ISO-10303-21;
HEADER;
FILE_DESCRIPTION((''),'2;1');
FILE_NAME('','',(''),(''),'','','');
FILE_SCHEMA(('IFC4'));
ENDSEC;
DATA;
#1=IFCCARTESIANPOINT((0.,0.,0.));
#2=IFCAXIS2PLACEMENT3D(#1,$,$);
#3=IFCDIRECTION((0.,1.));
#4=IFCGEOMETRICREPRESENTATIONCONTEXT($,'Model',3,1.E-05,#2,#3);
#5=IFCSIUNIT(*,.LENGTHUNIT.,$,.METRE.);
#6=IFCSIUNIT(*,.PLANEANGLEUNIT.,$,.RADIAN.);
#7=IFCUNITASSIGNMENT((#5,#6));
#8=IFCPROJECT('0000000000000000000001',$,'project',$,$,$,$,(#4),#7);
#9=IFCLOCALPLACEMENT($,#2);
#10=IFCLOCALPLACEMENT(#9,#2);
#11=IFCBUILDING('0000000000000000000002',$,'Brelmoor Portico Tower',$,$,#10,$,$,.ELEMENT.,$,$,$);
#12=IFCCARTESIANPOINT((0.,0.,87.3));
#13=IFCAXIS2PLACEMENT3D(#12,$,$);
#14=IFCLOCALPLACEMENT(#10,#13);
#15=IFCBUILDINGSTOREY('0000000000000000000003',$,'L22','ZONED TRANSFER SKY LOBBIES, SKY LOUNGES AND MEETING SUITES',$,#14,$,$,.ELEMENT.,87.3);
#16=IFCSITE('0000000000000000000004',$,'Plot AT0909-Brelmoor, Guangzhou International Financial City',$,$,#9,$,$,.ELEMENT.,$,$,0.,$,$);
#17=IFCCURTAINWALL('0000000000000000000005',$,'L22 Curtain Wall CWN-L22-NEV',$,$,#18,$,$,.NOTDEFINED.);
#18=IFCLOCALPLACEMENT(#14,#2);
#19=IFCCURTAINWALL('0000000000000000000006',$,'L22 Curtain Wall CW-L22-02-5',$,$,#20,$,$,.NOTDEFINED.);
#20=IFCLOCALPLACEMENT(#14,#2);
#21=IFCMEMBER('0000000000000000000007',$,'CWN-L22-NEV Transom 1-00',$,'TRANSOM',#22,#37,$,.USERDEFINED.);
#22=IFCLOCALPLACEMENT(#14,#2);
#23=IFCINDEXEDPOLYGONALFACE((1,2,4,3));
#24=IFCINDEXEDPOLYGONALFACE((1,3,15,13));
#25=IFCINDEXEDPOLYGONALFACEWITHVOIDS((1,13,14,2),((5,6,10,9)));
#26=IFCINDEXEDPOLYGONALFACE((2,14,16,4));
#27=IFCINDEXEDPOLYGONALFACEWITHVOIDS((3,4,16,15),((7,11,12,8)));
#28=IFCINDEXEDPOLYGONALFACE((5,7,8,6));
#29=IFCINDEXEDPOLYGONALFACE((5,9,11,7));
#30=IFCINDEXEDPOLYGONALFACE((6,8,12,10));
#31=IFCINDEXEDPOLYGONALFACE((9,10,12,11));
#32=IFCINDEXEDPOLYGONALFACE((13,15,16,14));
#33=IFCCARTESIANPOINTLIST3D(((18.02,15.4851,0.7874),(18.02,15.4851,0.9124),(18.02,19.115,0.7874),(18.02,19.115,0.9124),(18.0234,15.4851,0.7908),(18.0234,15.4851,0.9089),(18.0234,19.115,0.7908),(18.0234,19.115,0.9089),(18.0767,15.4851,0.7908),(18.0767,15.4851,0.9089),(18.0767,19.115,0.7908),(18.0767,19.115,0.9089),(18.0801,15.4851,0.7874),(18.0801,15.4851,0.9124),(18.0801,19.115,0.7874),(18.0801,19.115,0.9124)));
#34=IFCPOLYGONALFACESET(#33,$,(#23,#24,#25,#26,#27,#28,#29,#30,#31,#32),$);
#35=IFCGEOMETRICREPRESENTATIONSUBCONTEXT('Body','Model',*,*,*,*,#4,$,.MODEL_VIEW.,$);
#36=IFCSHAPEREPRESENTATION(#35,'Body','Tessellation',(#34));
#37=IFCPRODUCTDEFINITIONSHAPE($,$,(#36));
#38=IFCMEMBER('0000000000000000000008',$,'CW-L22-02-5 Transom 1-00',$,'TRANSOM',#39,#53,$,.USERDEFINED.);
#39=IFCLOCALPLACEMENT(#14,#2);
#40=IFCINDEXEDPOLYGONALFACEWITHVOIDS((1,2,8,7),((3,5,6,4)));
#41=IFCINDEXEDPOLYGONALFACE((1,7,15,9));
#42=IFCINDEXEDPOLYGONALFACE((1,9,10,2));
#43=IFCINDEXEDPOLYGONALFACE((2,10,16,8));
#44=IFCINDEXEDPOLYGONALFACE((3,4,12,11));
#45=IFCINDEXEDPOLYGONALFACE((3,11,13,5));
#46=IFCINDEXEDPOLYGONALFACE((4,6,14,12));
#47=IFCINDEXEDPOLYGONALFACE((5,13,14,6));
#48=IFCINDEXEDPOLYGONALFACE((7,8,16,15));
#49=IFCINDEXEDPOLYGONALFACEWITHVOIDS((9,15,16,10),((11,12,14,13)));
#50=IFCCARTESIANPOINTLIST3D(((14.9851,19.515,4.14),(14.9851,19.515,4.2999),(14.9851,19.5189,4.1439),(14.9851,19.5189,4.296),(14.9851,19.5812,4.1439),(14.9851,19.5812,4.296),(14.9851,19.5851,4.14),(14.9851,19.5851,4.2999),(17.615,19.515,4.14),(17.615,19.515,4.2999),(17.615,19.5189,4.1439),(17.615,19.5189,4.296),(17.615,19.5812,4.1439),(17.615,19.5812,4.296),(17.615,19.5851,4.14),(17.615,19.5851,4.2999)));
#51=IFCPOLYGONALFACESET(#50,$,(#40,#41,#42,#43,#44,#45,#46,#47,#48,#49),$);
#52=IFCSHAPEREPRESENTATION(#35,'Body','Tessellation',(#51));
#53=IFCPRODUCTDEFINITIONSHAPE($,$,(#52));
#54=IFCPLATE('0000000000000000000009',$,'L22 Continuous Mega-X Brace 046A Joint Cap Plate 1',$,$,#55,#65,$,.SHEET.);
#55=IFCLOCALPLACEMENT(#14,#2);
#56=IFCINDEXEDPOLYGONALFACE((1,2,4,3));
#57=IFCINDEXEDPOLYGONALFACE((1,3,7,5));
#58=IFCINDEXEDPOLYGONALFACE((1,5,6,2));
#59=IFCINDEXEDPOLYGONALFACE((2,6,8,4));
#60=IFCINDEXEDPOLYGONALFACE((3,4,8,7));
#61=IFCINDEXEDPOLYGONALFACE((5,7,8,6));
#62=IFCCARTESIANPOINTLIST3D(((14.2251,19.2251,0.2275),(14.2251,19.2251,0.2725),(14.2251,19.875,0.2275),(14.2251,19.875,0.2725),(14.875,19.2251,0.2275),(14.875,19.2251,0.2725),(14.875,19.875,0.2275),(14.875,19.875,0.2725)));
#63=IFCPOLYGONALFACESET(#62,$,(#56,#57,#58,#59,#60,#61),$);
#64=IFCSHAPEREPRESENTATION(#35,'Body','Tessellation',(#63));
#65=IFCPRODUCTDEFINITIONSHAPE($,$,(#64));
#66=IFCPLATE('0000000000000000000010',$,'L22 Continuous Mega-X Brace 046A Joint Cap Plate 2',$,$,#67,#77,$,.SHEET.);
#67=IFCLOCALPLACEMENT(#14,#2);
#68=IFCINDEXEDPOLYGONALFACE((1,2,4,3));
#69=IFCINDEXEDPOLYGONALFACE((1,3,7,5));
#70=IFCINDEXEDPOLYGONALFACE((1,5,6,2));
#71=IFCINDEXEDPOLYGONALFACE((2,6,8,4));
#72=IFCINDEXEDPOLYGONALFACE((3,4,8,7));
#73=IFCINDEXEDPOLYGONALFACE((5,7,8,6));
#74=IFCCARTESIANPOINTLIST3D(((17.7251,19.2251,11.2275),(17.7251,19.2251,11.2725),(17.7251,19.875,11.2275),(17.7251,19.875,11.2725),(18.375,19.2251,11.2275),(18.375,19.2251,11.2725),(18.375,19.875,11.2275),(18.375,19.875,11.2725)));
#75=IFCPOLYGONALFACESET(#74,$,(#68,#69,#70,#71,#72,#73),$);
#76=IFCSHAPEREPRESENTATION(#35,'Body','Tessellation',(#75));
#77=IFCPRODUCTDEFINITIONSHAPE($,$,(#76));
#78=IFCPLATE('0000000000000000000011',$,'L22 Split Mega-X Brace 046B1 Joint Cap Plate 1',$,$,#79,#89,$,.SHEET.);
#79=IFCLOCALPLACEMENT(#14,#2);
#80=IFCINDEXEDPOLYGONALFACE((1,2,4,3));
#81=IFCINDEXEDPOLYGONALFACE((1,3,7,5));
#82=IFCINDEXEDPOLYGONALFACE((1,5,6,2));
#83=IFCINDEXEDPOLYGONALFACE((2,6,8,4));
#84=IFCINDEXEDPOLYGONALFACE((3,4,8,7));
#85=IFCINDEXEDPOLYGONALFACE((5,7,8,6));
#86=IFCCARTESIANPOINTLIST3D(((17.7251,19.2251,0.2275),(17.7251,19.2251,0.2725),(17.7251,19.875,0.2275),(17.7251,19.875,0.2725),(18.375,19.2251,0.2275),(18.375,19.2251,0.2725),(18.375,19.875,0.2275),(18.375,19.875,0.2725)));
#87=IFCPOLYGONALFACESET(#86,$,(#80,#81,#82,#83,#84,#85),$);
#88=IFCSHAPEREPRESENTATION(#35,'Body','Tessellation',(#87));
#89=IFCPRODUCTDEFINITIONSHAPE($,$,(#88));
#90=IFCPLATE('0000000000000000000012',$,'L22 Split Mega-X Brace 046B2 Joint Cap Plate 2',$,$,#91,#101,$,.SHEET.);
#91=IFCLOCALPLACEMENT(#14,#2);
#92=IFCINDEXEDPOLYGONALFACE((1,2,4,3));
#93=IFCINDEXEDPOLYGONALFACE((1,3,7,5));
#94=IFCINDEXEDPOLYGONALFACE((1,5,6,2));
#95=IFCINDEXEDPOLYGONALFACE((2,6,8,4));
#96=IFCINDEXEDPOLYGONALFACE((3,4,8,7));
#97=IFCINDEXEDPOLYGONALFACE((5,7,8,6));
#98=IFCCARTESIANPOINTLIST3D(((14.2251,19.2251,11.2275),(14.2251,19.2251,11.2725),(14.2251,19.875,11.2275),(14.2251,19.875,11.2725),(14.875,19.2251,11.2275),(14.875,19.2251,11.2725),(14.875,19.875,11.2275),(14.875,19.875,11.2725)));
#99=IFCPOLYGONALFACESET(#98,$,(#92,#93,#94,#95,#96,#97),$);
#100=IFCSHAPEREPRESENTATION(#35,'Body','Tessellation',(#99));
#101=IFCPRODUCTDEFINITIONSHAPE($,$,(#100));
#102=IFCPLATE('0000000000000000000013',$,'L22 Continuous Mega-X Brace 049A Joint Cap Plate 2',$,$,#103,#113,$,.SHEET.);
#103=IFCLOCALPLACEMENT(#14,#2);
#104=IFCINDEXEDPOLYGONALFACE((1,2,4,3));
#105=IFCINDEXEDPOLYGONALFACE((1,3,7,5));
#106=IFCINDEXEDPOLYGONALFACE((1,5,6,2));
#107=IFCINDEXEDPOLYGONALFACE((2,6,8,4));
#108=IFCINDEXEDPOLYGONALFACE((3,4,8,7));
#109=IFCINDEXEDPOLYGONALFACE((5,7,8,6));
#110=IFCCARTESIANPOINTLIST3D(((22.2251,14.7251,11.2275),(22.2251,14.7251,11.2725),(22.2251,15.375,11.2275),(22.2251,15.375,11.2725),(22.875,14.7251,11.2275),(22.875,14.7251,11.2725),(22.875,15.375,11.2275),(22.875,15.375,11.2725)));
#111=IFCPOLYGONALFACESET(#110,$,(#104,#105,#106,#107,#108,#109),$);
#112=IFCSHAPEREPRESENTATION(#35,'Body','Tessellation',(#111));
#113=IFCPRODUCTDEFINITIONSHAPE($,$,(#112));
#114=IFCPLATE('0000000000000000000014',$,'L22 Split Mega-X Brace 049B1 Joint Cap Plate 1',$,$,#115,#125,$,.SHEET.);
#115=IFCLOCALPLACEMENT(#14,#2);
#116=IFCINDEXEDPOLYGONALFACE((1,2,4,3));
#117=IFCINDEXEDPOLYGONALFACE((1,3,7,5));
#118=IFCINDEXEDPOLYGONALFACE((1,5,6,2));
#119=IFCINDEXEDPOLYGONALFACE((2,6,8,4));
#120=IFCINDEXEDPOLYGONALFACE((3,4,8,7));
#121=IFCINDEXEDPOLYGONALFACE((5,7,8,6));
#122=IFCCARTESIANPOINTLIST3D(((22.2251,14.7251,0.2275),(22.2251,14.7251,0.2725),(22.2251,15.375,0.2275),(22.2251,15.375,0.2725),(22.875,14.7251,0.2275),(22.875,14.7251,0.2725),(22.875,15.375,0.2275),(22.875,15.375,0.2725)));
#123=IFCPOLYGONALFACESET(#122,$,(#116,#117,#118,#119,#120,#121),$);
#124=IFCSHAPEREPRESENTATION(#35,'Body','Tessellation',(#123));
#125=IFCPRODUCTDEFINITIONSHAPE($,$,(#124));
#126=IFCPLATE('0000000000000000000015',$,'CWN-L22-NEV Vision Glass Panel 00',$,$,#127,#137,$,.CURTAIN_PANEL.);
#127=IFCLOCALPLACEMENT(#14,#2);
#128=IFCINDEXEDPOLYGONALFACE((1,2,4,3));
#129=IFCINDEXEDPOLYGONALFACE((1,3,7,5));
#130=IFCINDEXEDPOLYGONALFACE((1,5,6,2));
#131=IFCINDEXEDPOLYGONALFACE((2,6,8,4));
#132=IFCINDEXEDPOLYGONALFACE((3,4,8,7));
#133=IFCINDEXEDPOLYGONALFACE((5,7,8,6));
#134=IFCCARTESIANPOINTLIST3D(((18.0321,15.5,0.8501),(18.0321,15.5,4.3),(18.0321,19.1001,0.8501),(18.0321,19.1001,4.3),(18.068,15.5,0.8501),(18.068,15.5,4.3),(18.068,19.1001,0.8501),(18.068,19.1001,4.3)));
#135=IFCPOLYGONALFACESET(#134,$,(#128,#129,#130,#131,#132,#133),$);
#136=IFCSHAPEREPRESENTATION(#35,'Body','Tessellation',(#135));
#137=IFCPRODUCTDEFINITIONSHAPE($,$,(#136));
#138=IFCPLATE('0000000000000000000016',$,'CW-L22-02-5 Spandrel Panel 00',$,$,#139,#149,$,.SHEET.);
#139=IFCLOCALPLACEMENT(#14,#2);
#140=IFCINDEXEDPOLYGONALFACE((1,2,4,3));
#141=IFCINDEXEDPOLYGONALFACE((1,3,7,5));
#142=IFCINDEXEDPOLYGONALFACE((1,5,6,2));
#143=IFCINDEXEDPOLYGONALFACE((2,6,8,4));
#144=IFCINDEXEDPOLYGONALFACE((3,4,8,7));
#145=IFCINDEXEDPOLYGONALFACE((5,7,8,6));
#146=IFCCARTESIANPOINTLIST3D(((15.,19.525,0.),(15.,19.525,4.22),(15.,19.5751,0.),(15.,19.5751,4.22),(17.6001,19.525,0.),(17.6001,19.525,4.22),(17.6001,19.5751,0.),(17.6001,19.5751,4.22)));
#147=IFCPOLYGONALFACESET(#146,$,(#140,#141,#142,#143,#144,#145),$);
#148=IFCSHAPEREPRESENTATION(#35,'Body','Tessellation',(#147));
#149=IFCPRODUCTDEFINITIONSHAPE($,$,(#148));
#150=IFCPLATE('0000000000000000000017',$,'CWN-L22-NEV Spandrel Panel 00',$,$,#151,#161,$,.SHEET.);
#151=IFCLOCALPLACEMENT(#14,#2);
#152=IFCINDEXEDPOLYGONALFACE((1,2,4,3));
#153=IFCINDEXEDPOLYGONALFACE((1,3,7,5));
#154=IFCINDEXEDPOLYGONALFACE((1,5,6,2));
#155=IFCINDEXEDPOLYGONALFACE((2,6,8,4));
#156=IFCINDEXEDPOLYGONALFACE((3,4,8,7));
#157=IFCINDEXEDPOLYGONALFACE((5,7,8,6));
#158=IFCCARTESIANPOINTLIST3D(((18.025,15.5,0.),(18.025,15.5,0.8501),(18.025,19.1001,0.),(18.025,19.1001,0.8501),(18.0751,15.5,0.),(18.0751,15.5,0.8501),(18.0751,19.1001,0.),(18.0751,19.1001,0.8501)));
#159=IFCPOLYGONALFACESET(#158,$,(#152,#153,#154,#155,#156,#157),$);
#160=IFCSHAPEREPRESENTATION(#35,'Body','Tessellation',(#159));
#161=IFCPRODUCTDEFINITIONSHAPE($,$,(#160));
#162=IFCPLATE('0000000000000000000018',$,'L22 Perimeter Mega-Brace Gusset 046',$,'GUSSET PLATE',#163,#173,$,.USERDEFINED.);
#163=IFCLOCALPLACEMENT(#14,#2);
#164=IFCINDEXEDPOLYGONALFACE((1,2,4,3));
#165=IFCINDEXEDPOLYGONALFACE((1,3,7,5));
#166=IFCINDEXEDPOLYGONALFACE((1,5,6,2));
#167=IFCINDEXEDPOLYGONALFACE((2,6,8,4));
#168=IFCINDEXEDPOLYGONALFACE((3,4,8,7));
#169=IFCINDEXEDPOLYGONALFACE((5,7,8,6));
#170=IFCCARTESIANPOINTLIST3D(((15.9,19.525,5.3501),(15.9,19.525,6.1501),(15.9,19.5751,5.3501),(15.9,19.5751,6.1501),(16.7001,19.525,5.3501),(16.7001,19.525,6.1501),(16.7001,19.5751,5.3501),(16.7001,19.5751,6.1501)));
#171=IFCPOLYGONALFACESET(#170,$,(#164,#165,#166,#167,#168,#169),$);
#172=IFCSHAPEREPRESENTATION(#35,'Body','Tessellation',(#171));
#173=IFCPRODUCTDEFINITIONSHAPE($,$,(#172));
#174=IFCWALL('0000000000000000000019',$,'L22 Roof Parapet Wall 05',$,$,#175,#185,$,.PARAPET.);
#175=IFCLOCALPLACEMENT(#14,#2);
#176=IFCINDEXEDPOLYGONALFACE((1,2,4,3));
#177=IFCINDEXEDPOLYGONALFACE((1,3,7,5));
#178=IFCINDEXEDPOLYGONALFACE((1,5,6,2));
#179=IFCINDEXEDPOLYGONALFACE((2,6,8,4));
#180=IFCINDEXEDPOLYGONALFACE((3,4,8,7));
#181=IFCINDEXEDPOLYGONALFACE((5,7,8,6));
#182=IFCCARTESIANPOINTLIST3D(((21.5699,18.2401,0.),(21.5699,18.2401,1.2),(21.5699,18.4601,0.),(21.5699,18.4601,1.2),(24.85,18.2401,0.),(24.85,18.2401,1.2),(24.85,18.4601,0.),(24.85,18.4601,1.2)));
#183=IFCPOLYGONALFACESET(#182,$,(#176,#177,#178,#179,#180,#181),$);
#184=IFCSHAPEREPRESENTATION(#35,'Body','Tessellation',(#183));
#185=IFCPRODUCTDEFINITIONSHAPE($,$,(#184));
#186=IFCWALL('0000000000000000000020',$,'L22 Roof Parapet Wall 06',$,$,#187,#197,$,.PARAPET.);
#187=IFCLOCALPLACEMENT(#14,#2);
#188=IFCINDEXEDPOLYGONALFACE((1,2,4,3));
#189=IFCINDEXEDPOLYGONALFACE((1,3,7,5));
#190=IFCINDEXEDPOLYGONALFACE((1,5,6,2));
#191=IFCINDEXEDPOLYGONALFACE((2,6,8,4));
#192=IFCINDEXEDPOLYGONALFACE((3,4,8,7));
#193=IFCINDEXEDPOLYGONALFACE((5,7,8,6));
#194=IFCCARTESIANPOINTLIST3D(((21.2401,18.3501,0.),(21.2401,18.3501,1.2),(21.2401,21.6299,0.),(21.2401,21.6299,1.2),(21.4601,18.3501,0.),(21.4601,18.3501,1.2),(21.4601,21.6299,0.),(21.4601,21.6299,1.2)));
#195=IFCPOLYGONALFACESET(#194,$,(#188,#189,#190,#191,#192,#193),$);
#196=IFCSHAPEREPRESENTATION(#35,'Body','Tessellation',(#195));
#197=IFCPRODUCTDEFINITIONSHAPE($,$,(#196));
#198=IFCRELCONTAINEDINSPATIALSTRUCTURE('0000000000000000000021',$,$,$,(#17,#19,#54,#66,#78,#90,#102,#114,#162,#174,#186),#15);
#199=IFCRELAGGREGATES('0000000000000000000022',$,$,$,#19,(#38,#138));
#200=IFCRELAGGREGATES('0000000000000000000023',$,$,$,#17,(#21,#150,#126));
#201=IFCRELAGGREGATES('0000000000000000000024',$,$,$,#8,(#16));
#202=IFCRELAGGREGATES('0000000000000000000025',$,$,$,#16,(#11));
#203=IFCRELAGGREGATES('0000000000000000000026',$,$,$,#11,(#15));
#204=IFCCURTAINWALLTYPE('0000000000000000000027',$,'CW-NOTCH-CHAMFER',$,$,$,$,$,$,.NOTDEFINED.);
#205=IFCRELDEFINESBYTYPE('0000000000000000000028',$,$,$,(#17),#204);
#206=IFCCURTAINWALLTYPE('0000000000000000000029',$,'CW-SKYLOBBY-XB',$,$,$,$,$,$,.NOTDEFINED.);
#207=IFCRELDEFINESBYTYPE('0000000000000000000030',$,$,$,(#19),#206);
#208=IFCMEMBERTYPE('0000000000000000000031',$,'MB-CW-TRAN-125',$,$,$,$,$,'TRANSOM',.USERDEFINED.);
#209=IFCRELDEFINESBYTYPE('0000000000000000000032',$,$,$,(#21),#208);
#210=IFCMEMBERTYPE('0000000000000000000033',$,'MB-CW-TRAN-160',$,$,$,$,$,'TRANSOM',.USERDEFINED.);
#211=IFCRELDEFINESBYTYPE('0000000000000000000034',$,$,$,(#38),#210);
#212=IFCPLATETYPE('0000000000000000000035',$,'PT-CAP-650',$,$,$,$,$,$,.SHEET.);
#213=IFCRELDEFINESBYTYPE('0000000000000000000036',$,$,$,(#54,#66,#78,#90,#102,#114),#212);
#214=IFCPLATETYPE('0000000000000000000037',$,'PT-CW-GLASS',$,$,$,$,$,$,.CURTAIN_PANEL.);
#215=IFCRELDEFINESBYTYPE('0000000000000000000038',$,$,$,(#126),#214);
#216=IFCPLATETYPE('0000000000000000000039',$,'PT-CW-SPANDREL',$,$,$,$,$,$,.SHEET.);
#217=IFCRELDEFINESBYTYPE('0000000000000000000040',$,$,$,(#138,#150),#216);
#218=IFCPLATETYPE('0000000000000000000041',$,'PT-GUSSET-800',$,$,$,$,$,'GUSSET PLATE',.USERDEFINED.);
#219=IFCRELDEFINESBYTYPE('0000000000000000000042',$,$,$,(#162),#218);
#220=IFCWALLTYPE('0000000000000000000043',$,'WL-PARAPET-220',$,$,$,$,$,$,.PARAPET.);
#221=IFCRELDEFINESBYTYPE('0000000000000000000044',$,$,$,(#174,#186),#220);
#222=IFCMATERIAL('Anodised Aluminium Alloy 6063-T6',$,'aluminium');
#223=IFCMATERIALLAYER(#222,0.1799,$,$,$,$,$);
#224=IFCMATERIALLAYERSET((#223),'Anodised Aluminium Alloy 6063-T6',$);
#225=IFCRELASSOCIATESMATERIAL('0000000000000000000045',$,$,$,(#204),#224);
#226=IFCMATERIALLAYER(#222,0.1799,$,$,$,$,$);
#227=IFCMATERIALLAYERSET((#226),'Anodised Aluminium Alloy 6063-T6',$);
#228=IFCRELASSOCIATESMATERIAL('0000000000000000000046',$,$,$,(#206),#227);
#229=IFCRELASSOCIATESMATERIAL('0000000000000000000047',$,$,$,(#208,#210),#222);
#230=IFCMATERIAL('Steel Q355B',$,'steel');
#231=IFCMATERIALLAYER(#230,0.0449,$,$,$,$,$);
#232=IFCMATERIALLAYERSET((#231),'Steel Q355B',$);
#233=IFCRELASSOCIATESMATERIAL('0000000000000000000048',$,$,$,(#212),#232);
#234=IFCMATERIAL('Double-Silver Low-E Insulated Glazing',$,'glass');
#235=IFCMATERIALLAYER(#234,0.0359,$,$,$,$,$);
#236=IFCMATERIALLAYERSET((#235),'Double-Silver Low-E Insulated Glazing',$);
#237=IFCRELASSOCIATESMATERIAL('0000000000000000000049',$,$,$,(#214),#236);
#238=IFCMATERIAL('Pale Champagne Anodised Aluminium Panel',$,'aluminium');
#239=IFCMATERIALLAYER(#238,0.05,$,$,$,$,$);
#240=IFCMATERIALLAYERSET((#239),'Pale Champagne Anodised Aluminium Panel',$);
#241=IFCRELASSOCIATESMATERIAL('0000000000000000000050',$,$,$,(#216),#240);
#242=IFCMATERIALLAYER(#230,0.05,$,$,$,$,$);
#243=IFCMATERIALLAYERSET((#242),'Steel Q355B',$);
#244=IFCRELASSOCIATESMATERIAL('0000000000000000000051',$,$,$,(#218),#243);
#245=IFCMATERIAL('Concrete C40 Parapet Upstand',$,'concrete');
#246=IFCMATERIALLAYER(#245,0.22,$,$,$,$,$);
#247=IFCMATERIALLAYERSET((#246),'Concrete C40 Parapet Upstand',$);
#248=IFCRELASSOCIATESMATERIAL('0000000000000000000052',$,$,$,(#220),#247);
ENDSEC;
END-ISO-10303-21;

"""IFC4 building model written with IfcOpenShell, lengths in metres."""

from ifc_helpers import new_model, si_unit, direction, frame, frame_2d, origin, origin_2d, place, context, subcontext, project, spatial, rectangle, hollow_rectangle, extrude, material, layer, layer_set, material_profile, profile_set, type_object, element, aggregate, save


model = new_model("IFC4")

# Units and contexts
model_context = context("Model", 3, precision=1e-05, world=origin(), true_north=direction((0.0, 1.0)))
body_context = subcontext(model_context, "Body", "Model", "MODEL_VIEW")
ifc_project = project(units=[si_unit("LENGTHUNIT", "METRE"), si_unit("PLANEANGLEUNIT", "RADIAN")], contexts=[model_context])

# Site, building, storey
site_placement = place(None, origin())
site = spatial("IfcSite", under=ifc_project, at=site_placement, Name="Plot AT0909-Brelmoor, Guangzhou International Financial City", CompositionType="ELEMENT", RefElevation=0.0)
building_placement = place(site_placement, origin())
building = spatial("IfcBuilding", under=site, at=building_placement, Name="Brelmoor Portico Tower", CompositionType="ELEMENT")
storey_placement = place(building_placement, frame((0.0, 0.0, 87.3)))
storey = spatial("IfcBuildingStorey", under=building, at=storey_placement, Name="L22", Description="ZONED TRANSFER SKY LOBBIES, SKY LOUNGES AND MEETING SUITES", CompositionType="ELEMENT", Elevation=87.3)

# Shared definitions
ifc_material_1 = material(Name="Steel Q355B", Category="steel")

# Curtain walls
ifc_material_2 = material(Name="Anodised Aluminium Alloy 6063-T6", Category="aluminium")
ifc_layer_1 = layer(ifc_material_2, 0.1799)
ifc_layer_set_1 = layer_set([ifc_layer_1], Name="Anodised Aluminium Alloy 6063-T6")
curtain_wall_type_1 = type_object("IfcCurtainWallType", Name="CW-NOTCH-CHAMFER", PredefinedType="NOTDEFINED", material=ifc_layer_set_1)
curtain_wall_1_placement = place(storey_placement, origin())
curtain_wall_1 = element("IfcCurtainWall", 1, at=curtain_wall_1_placement, inside=storey, type_object=curtain_wall_type_1, Name="L22 Curtain Wall CWN-L22-NEV", PredefinedType="NOTDEFINED")
ifc_layer_2 = layer(ifc_material_2, 0.1799)
ifc_layer_set_2 = layer_set([ifc_layer_2], Name="Anodised Aluminium Alloy 6063-T6")
curtain_wall_type_2 = type_object("IfcCurtainWallType", Name="CW-SKYLOBBY-XB", PredefinedType="NOTDEFINED", material=ifc_layer_set_2)
curtain_wall_2_placement = place(storey_placement, origin())
curtain_wall_2 = element("IfcCurtainWall", 2, at=curtain_wall_2_placement, inside=storey, type_object=curtain_wall_type_2, Name="L22 Curtain Wall CW-L22-02-5", PredefinedType="NOTDEFINED")

# Members
ifc_material_profile_1 = material_profile(ifc_material_2, hollow_rectangle(XDim=0.0601, YDim=0.125, WallThickness=0.0034, at=origin_2d()), Name="ALU TRANSOM 60x125")
ifc_profile_set_1 = profile_set([ifc_material_profile_1], Name="Anodised Aluminium Alloy 6063-T6")
member_type_1 = type_object("IfcMemberType", Name="MB-CW-TRAN-125", ElementType="TRANSOM", PredefinedType="USERDEFINED", material=ifc_profile_set_1)
member_1_placement = place(storey_placement, frame((18.05, 15.4851, 0.8499), z_axis=(0.0, 1.0, 0.0), x_axis=(-1.0, 0.0, 0.0)))
member_1 = element("IfcMember", 3, at=member_1_placement, type_object=member_type_1, Name="CWN-L22-NEV Transom 1-00", ObjectType="TRANSOM", PredefinedType="USERDEFINED", context=body_context, shape_type="SweptSolid", body=[
    extrude(hollow_rectangle(XDim=0.0601, YDim=0.125, WallThickness=0.0034, at=origin_2d()), origin(), (0.0, 0.0, 1.0), 3.6299),
])
ifc_material_profile_2 = material_profile(ifc_material_2, hollow_rectangle(XDim=0.0701, YDim=0.1599, WallThickness=0.0039, at=origin_2d()), Name="ALU TRANSOM 70x160")
ifc_profile_set_2 = profile_set([ifc_material_profile_2], Name="Anodised Aluminium Alloy 6063-T6")
member_type_2 = type_object("IfcMemberType", Name="MB-CW-TRAN-160", ElementType="TRANSOM", PredefinedType="USERDEFINED", material=ifc_profile_set_2)
member_2_placement = place(storey_placement, frame((14.9851, 19.55, 4.22), z_axis=(1.0, 0.0, 0.0), x_axis=(0.0, 1.0, 0.0)))
member_2 = element("IfcMember", 4, at=member_2_placement, type_object=member_type_2, Name="CW-L22-02-5 Transom 1-00", ObjectType="TRANSOM", PredefinedType="USERDEFINED", context=body_context, shape_type="SweptSolid", body=[
    extrude(hollow_rectangle(XDim=0.0701, YDim=0.1599, WallThickness=0.0039, at=origin_2d()), origin(), (0.0, 0.0, 1.0), 2.6299),
])

# Plates
ifc_layer_3 = layer(ifc_material_1, 0.0449)
ifc_layer_set_3 = layer_set([ifc_layer_3], Name="Steel Q355B")
plate_type_1 = type_object("IfcPlateType", Name="PT-CAP-650", PredefinedType="SHEET", material=ifc_layer_set_3)
for number, where, z_axis, x_axis, name in (
    (5, (14.55, 19.55, 0.2275), (0.0, 0.0, 1.0), (1.0, 0.0, 0.0), "L22 Continuous Mega-X Brace 046A Joint Cap Plate 1"),
    (6, (18.05, 19.55, 11.2275), (0.0, 0.0, 1.0), (1.0, 0.0, 0.0), "L22 Continuous Mega-X Brace 046A Joint Cap Plate 2"),
    (7, (18.05, 19.55, 0.2275), (0.0, 0.0, 1.0), (1.0, 0.0, 0.0), "L22 Split Mega-X Brace 046B1 Joint Cap Plate 1"),
    (8, (14.55, 19.55, 11.2275), (0.0, 0.0, 1.0), (1.0, 0.0, 0.0), "L22 Split Mega-X Brace 046B2 Joint Cap Plate 2"),
    (9, (22.55, 15.05, 11.2275), (0.0, 0.0, 1.0), (1.0, 0.0, 0.0), "L22 Continuous Mega-X Brace 049A Joint Cap Plate 2"),
    (10, (22.55, 15.05, 0.2275), (0.0, 0.0, 1.0), (1.0, 0.0, 0.0), "L22 Split Mega-X Brace 049B1 Joint Cap Plate 1"),
):
    element("IfcPlate", number, at=place(storey_placement, frame(where, z_axis=z_axis, x_axis=x_axis)), inside=storey, type_object=plate_type_1, Name=name, PredefinedType="SHEET", context=body_context, shape_type="SweptSolid", body=[
        extrude(rectangle(XDim=0.6499, YDim=0.6499, at=origin_2d()), origin(), (0.0, 0.0, 1.0), 0.0449),
    ])

# Plates
ifc_material_3 = material(Name="Double-Silver Low-E Insulated Glazing", Category="glass")
ifc_layer_4 = layer(ifc_material_3, 0.0359)
ifc_layer_set_4 = layer_set([ifc_layer_4], Name="Double-Silver Low-E Insulated Glazing")
plate_type_2 = type_object("IfcPlateType", Name="PT-CW-GLASS", PredefinedType="CURTAIN_PANEL", material=ifc_layer_set_4)
plate_1_placement = place(storey_placement, frame((18.05, 17.3, 0.8501), z_axis=(0.0, 0.0, 1.0), x_axis=(0.0, 1.0, 0.0)))
plate_1 = element("IfcPlate", 11, at=plate_1_placement, type_object=plate_type_2, Name="CWN-L22-NEV Vision Glass Panel 00", PredefinedType="CURTAIN_PANEL", context=body_context, shape_type="SweptSolid", body=[
    extrude(rectangle(XDim=3.6001, YDim=0.0359, at=origin_2d()), origin(), (0.0, 0.0, 1.0), 3.45),
])
ifc_material_4 = material(Name="Pale Champagne Anodised Aluminium Panel", Category="aluminium")
ifc_layer_5 = layer(ifc_material_4, 0.05)
ifc_layer_set_5 = layer_set([ifc_layer_5], Name="Pale Champagne Anodised Aluminium Panel")
plate_type_3 = type_object("IfcPlateType", Name="PT-CW-SPANDREL", PredefinedType="SHEET", material=ifc_layer_set_5)
plate_2_placement = place(storey_placement, frame((16.3, 19.55, 0.0), z_axis=(0.0, 0.0, 1.0), x_axis=(1.0, 0.0, 0.0)))
plate_2 = element("IfcPlate", 12, at=plate_2_placement, type_object=plate_type_3, Name="CW-L22-02-5 Spandrel Panel 00", PredefinedType="SHEET", context=body_context, shape_type="SweptSolid", body=[
    extrude(rectangle(XDim=2.6001, YDim=0.05, at=origin_2d()), origin(), (0.0, 0.0, 1.0), 4.22),
])
aggregate(curtain_wall_2, [member_2, plate_2])
plate_3_placement = place(storey_placement, frame((18.05, 17.3, 0.0), z_axis=(0.0, 0.0, 1.0), x_axis=(0.0, 1.0, 0.0)))
plate_3 = element("IfcPlate", 13, at=plate_3_placement, type_object=plate_type_3, Name="CWN-L22-NEV Spandrel Panel 00", PredefinedType="SHEET", context=body_context, shape_type="SweptSolid", body=[
    extrude(rectangle(XDim=3.6001, YDim=0.05, at=origin_2d()), origin(), (0.0, 0.0, 1.0), 0.8501),
])
aggregate(curtain_wall_1, [member_1, plate_3, plate_1])
ifc_layer_6 = layer(ifc_material_1, 0.05)
ifc_layer_set_6 = layer_set([ifc_layer_6], Name="Steel Q355B")
plate_type_4 = type_object("IfcPlateType", Name="PT-GUSSET-800", ElementType="GUSSET PLATE", PredefinedType="USERDEFINED", material=ifc_layer_set_6)
plate_4_placement = place(storey_placement, frame((16.3, 19.55, 5.3501), z_axis=(0.0, 0.0, 1.0), x_axis=(1.0, 0.0, 0.0)))
element("IfcPlate", 14, at=plate_4_placement, inside=storey, type_object=plate_type_4, Name="L22 Perimeter Mega-Brace Gusset 046", ObjectType="GUSSET PLATE", PredefinedType="USERDEFINED", context=body_context, shape_type="SweptSolid", body=[
    extrude(rectangle(XDim=0.8, YDim=0.05, at=origin_2d()), origin(), (0.0, 0.0, 1.0), 0.8),
])

# Walls
ifc_material_5 = material(Name="Concrete C40 Parapet Upstand", Category="concrete")
ifc_layer_7 = layer(ifc_material_5, 0.22)
ifc_layer_set_7 = layer_set([ifc_layer_7], Name="Concrete C40 Parapet Upstand")
wall_type = type_object("IfcWallType", Name="WL-PARAPET-220", PredefinedType="PARAPET", material=ifc_layer_set_7)
wall_1_placement = place(storey_placement, frame((24.8501, 18.3501, 0.0), z_axis=(0.0, 0.0, 1.0), x_axis=(-1.0, 0.0, 0.0)))
element("IfcWall", 15, at=wall_1_placement, inside=storey, type_object=wall_type, Name="L22 Roof Parapet Wall 05", PredefinedType="PARAPET", context=body_context, shape_type="SweptSolid", body=[
    extrude(rectangle(XDim=3.28, YDim=0.22, at=frame_2d((1.6401, 0.0))), origin(), (0.0, 0.0, 1.0), 1.2),
])
wall_2_placement = place(storey_placement, frame((21.3501, 18.3501, 0.0), z_axis=(0.0, 0.0, 1.0), x_axis=(0.0, 1.0, 0.0)))
element("IfcWall", 16, at=wall_2_placement, inside=storey, type_object=wall_type, Name="L22 Roof Parapet Wall 06", PredefinedType="PARAPET", context=body_context, shape_type="SweptSolid", body=[
    extrude(rectangle(XDim=3.2798, YDim=0.22, at=frame_2d((1.6399, 0.0))), origin(), (0.0, 0.0, 1.0), 1.2),
])

save(model, "model.ifc")
